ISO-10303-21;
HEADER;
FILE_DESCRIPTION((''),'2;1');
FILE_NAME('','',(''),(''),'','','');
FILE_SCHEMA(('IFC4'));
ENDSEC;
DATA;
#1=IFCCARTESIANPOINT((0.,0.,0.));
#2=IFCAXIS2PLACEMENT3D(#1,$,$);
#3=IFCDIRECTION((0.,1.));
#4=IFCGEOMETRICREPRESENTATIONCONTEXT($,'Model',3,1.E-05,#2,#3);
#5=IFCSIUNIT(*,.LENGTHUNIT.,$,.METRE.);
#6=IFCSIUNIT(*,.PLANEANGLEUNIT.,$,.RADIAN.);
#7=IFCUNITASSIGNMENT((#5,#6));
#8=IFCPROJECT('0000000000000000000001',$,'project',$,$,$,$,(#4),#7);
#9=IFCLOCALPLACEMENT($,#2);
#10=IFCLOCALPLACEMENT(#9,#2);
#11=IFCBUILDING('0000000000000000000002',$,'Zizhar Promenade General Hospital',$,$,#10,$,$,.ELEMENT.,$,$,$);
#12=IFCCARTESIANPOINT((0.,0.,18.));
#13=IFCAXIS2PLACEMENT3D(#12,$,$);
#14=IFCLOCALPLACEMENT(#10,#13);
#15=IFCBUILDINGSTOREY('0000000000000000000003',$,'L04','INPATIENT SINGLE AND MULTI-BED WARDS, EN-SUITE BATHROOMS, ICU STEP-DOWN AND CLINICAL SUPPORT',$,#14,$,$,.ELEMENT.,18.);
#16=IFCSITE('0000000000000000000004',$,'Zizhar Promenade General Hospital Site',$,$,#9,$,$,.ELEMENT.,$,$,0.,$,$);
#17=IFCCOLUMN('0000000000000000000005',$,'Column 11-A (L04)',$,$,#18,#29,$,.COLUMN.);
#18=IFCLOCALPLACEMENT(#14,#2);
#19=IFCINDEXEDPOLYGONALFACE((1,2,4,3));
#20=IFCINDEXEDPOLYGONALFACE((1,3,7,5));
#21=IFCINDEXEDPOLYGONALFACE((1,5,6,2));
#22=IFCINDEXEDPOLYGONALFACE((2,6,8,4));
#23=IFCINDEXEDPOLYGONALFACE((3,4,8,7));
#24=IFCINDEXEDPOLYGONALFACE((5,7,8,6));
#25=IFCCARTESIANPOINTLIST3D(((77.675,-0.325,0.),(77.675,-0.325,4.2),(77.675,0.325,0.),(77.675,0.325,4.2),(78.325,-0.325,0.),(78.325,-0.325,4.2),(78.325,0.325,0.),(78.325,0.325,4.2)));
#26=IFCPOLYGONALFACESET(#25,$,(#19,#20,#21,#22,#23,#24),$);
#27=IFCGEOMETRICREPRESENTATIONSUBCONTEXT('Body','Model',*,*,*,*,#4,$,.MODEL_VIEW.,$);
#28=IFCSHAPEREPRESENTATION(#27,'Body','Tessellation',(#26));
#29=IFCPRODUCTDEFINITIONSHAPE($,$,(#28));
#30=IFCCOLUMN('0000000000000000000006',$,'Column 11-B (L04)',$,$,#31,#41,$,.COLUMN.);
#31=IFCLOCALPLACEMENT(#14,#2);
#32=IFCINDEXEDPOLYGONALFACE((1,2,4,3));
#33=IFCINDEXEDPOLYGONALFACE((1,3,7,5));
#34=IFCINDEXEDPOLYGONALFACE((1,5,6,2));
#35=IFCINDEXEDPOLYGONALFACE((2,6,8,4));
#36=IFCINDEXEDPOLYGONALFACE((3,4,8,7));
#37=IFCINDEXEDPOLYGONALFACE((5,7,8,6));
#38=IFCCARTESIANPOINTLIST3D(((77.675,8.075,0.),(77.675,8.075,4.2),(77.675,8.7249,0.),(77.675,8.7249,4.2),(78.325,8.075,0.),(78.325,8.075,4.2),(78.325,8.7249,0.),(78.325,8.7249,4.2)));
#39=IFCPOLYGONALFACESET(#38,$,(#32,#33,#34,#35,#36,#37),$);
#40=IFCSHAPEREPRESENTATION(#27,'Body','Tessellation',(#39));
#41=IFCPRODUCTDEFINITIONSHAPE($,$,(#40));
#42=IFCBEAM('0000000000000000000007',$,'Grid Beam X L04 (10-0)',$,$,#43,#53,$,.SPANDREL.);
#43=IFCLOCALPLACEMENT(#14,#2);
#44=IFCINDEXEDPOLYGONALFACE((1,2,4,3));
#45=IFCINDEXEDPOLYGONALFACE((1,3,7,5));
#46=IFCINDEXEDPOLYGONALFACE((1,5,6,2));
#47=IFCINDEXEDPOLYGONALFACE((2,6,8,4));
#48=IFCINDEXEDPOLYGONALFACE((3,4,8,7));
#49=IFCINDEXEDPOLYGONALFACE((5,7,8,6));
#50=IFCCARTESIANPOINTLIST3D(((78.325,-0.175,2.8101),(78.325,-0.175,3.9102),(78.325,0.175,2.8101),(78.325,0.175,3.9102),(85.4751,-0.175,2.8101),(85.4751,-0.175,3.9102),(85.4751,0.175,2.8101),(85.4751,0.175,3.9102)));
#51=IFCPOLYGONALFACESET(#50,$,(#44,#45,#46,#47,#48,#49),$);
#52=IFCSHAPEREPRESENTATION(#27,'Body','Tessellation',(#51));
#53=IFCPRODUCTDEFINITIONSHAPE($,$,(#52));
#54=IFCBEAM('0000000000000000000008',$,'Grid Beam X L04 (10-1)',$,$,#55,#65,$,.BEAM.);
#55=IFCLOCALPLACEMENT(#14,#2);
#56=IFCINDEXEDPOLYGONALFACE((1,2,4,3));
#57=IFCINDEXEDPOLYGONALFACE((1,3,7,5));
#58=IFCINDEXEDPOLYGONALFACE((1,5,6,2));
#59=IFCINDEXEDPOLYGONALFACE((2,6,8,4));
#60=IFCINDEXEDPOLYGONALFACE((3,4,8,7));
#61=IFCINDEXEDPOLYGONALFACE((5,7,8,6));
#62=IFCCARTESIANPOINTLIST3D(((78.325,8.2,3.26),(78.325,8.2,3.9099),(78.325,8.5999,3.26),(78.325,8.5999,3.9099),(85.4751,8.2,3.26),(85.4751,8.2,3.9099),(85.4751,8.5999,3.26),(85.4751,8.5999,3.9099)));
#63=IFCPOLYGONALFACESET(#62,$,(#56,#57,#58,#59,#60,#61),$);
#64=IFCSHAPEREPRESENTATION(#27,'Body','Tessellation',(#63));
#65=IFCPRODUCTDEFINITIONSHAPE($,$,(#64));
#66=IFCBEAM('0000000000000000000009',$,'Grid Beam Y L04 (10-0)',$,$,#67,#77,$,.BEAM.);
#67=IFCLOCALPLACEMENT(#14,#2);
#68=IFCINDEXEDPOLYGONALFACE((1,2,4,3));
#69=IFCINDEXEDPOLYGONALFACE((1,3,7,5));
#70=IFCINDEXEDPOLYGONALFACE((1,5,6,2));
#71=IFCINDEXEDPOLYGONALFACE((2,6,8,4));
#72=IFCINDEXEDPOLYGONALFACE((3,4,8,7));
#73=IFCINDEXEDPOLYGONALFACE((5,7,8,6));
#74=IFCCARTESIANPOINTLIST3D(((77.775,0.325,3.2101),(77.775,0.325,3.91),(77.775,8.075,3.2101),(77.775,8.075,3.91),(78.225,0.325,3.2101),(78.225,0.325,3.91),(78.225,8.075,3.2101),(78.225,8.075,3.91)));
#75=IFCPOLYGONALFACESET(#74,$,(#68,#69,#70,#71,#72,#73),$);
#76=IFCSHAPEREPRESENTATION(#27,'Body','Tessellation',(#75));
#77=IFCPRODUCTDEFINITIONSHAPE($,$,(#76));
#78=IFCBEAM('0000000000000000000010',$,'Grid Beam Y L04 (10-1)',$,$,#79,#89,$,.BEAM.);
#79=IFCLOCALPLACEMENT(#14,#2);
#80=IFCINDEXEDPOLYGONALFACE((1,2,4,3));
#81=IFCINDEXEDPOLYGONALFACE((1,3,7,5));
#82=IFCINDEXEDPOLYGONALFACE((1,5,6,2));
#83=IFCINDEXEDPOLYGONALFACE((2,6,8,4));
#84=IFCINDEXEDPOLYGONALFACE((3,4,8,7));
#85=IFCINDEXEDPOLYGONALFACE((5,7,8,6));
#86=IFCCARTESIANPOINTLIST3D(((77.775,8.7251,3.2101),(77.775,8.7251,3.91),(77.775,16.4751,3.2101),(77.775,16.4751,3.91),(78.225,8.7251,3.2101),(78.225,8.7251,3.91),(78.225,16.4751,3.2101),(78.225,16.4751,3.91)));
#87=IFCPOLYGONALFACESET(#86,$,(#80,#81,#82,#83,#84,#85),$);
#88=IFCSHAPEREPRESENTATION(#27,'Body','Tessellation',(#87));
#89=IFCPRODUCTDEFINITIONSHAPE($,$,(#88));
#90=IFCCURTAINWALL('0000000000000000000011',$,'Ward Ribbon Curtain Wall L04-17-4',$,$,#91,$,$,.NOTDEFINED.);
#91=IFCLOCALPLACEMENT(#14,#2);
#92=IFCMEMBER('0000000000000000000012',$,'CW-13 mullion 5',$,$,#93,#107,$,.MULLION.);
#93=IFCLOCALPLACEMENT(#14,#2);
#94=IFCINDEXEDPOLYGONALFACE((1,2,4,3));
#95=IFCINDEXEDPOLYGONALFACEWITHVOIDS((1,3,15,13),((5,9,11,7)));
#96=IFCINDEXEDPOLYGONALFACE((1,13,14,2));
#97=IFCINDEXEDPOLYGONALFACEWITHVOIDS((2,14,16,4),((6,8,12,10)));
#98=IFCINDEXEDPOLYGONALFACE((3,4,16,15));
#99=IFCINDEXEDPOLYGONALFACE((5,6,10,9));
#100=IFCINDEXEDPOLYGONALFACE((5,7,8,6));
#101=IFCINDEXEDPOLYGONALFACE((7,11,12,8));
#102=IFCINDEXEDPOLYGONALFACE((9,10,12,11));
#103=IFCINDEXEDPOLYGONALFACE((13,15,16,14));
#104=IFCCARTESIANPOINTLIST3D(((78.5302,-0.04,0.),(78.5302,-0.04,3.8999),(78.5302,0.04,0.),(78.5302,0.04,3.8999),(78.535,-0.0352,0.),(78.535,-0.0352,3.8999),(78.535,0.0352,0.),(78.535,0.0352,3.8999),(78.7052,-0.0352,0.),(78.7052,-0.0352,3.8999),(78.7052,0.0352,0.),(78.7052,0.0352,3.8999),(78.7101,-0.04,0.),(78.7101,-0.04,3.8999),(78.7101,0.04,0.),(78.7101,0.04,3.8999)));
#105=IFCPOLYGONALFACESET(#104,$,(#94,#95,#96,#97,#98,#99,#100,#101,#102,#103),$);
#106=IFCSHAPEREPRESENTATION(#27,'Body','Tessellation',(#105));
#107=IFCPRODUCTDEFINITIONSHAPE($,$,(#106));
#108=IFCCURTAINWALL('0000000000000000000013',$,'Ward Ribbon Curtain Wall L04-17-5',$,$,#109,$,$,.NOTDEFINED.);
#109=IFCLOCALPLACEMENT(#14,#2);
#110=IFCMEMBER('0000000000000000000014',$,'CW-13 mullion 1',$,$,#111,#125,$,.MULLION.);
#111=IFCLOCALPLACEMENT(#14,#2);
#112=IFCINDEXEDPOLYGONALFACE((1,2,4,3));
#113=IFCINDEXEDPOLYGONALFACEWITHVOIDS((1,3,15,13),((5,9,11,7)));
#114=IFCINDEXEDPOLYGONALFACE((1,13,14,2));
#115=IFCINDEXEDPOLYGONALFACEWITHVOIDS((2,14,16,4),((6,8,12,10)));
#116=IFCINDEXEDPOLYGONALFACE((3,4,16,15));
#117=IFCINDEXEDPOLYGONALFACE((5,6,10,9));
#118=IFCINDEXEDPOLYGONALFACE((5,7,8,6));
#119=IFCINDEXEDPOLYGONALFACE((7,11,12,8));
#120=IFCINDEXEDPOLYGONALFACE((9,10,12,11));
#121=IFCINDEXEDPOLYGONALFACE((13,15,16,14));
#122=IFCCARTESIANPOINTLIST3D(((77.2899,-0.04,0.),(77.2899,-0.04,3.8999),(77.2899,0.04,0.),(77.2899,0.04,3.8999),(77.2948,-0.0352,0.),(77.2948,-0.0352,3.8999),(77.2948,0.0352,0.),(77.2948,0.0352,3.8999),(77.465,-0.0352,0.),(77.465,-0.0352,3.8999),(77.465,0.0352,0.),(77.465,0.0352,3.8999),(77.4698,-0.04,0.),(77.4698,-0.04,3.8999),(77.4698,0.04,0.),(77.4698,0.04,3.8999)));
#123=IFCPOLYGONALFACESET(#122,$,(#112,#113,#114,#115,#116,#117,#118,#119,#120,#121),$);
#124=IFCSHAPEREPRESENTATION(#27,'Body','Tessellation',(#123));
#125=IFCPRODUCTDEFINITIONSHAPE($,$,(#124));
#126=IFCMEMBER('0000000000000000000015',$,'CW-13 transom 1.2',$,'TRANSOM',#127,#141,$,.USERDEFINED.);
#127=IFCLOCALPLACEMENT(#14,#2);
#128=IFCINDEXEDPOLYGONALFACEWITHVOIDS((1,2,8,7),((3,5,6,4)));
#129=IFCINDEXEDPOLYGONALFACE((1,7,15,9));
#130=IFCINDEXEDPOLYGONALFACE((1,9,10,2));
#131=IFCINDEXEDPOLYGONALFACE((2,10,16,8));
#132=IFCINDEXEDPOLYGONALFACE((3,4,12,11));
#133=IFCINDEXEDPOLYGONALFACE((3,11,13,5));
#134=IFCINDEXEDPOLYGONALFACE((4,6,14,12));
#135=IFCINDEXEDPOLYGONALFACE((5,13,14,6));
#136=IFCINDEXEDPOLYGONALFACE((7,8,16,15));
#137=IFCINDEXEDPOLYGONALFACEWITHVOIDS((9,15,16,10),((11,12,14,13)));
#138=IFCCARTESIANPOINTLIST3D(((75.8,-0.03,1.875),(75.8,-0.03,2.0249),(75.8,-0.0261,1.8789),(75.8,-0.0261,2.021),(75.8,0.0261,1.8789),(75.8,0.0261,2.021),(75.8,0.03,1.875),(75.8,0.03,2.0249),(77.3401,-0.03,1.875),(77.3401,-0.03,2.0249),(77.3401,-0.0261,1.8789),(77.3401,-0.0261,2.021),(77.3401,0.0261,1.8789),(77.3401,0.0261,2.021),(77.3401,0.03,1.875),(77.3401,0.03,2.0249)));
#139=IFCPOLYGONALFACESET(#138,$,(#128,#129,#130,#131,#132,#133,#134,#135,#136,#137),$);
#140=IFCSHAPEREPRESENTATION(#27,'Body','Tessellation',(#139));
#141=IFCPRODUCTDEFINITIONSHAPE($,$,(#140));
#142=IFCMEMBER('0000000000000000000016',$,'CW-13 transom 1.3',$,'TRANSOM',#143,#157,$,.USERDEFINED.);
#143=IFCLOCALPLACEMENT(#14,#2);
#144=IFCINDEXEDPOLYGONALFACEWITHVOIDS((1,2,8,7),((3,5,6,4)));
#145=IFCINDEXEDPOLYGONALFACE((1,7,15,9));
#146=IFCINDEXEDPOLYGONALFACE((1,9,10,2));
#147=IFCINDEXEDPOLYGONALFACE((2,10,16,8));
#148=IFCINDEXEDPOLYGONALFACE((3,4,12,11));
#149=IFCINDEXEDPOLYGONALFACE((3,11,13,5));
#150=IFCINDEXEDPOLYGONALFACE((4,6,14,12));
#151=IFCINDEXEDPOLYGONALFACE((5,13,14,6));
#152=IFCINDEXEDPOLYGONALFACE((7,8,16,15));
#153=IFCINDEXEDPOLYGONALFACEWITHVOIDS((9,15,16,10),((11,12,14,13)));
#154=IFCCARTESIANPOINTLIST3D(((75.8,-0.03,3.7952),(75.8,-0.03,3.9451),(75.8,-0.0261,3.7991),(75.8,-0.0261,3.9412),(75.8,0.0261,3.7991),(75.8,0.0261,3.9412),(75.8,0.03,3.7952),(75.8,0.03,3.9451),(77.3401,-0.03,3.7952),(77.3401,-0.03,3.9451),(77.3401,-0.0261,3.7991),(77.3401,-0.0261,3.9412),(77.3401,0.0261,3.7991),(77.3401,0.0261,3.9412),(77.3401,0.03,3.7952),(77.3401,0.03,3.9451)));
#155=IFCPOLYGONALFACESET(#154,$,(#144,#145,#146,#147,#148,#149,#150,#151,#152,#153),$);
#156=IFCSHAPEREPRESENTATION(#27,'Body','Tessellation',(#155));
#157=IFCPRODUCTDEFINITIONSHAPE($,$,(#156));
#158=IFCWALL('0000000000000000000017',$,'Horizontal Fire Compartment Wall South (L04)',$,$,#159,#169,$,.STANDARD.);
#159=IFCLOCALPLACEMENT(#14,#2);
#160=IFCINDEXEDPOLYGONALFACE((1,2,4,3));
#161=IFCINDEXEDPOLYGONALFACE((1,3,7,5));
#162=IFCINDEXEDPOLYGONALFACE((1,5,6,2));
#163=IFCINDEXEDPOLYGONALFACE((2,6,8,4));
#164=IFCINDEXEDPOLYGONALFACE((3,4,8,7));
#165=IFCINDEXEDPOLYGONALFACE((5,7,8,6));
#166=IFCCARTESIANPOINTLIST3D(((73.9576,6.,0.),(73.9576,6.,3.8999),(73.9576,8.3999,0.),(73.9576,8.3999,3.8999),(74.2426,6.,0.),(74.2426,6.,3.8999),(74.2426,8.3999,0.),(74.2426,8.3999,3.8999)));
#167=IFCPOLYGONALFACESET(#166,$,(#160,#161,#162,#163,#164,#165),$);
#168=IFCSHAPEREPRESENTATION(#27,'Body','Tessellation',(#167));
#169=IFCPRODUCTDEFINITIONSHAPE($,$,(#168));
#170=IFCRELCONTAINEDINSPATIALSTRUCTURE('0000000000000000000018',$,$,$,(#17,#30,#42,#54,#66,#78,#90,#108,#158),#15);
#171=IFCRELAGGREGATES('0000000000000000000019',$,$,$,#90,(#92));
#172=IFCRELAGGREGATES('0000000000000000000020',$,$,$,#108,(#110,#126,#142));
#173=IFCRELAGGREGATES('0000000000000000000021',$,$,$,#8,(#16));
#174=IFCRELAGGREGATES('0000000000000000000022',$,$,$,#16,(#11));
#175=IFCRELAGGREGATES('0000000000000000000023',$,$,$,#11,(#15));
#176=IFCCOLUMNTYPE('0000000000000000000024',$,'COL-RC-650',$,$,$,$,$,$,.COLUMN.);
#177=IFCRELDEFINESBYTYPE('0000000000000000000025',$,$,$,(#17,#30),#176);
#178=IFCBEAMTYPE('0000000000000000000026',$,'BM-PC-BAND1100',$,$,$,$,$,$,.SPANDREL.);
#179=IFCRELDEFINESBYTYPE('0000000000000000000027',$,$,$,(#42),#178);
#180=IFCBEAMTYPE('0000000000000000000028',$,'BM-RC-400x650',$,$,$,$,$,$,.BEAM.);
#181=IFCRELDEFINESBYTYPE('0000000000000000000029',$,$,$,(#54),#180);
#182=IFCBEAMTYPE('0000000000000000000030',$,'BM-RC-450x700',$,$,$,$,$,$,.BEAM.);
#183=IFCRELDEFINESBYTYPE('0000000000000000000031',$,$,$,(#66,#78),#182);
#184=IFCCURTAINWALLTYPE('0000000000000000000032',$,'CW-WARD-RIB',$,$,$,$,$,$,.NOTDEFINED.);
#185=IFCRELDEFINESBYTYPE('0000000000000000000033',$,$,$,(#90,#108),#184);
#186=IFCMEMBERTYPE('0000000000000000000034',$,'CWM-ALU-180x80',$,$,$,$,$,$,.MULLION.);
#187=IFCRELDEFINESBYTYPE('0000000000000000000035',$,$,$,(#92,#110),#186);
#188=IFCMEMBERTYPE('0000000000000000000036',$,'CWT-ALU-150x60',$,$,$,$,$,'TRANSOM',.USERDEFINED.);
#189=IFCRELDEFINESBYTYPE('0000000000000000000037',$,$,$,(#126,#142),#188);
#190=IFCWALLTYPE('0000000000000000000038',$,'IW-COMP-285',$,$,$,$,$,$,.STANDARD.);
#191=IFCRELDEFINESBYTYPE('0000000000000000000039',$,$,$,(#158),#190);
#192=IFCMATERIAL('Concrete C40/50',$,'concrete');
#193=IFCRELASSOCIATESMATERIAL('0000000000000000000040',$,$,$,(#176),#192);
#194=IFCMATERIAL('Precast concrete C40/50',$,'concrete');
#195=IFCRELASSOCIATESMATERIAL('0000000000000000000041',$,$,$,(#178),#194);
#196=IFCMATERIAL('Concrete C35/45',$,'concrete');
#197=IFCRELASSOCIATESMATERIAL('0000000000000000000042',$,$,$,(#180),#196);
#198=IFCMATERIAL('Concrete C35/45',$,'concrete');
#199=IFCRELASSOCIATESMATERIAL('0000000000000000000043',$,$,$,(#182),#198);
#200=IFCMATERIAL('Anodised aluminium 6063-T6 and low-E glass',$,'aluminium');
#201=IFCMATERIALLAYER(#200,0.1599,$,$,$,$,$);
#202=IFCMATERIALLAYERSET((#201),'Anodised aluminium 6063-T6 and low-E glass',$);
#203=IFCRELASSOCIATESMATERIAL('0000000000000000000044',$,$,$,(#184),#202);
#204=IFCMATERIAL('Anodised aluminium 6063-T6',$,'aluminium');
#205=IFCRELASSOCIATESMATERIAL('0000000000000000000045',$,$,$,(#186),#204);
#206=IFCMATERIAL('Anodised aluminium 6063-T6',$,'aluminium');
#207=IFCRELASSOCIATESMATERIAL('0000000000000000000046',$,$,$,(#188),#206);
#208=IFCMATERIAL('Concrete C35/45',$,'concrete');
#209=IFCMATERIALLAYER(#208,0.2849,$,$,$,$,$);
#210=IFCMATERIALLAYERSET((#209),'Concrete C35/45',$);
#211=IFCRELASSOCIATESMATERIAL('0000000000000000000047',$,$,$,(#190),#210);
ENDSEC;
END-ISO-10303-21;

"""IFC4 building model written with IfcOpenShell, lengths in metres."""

from ifc_helpers import new_model, si_unit, direction, frame, frame_2d, origin, origin_2d, place, context, subcontext, project, spatial, rectangle, hollow_rectangle, extrude, material, layer, layer_set, material_profile, profile_set, type_object, element, aggregate, save


model = new_model("IFC4")

# Units and contexts
model_context = context("Model", 3, precision=1e-05, world=origin(), true_north=direction((0.0, 1.0)))
body_context = subcontext(model_context, "Body", "Model", "MODEL_VIEW")
ifc_project = project(units=[si_unit("LENGTHUNIT", "METRE"), si_unit("PLANEANGLEUNIT", "RADIAN")], contexts=[model_context])

# Site, building, storey
site_placement = place(None, origin())
site = spatial("IfcSite", under=ifc_project, at=site_placement, Name="Zizhar Promenade General Hospital Site", CompositionType="ELEMENT", RefElevation=0.0)
building_placement = place(site_placement, origin())
building = spatial("IfcBuilding", under=site, at=building_placement, Name="Zizhar Promenade General Hospital", CompositionType="ELEMENT")
storey_placement = place(building_placement, frame((0.0, 0.0, 18.0)))
storey = spatial("IfcBuildingStorey", under=building, at=storey_placement, Name="L04", Description="INPATIENT SINGLE AND MULTI-BED WARDS, EN-SUITE BATHROOMS, ICU STEP-DOWN AND CLINICAL SUPPORT", CompositionType="ELEMENT", Elevation=18.0)

# Columns
ifc_material_1 = material(Name="Concrete C40/50", Category="concrete")
ifc_material_profile_1 = material_profile(ifc_material_1, rectangle(XDim=0.6499, YDim=0.6499, at=origin_2d()))
ifc_profile_set_1 = profile_set([ifc_material_profile_1], Name="Concrete C40/50")
column_type = type_object("IfcColumnType", Name="COL-RC-650", PredefinedType="COLUMN", material=ifc_profile_set_1)
for number, where, z_axis, x_axis, name in (
    (1, (78.0, 0.0, 0.0), (0.0, 0.0, 1.0), (1.0, 0.0, 0.0), "Column 11-A (L04)"),
    (2, (78.0, 8.3999, 0.0), (0.0, 0.0, 1.0), (1.0, 0.0, 0.0), "Column 11-B (L04)"),
):
    element("IfcColumn", number, at=place(storey_placement, frame(where, z_axis=z_axis, x_axis=x_axis)), inside=storey, type_object=column_type, Name=name, PredefinedType="COLUMN", context=body_context, shape_type="SweptSolid", body=[
        extrude(rectangle(XDim=0.6499, YDim=0.6499, at=origin_2d()), origin(), (0.0, 0.0, 1.0), 4.2),
    ])

# Beams
ifc_material_2 = material(Name="Precast concrete C40/50", Category="concrete")
ifc_material_profile_2 = material_profile(ifc_material_2, rectangle(XDim=0.3501, YDim=1.1001, at=origin_2d()))
ifc_profile_set_2 = profile_set([ifc_material_profile_2], Name="Precast concrete C40/50")
beam_type_1 = type_object("IfcBeamType", Name="BM-PC-BAND1100", PredefinedType="SPANDREL", material=ifc_profile_set_2)
beam_1_placement = place(storey_placement, frame((78.325, 0.0, 3.3601), z_axis=(1.0, 0.0, 0.0), x_axis=(0.0, 1.0, 0.0)))
element("IfcBeam", 3, at=beam_1_placement, inside=storey, type_object=beam_type_1, Name="Grid Beam X L04 (10-0)", PredefinedType="SPANDREL", context=body_context, shape_type="SweptSolid", body=[
    extrude(rectangle(XDim=0.3501, YDim=1.1001, at=origin_2d()), origin(), (0.0, 0.0, 1.0), 7.1501),
])
ifc_material_3 = material(Name="Concrete C35/45", Category="concrete")
ifc_material_profile_3 = material_profile(ifc_material_3, rectangle(XDim=0.3999, YDim=0.6499, at=origin_2d()))
ifc_profile_set_3 = profile_set([ifc_material_profile_3], Name="Concrete C35/45")
beam_type_2 = type_object("IfcBeamType", Name="BM-RC-400x650", PredefinedType="BEAM", material=ifc_profile_set_3)
beam_2_placement = place(storey_placement, frame((78.325, 8.3999, 3.585), z_axis=(1.0, 0.0, 0.0), x_axis=(0.0, 1.0, 0.0)))
element("IfcBeam", 4, at=beam_2_placement, inside=storey, type_object=beam_type_2, Name="Grid Beam X L04 (10-1)", PredefinedType="BEAM", context=body_context, shape_type="SweptSolid", body=[
    extrude(rectangle(XDim=0.3999, YDim=0.6499, at=origin_2d()), origin(), (0.0, 0.0, 1.0), 7.1501),
])
ifc_material_4 = material(Name="Concrete C35/45", Category="concrete")
ifc_material_profile_4 = material_profile(ifc_material_4, rectangle(XDim=0.45, YDim=0.7, at=origin_2d()))
ifc_profile_set_4 = profile_set([ifc_material_profile_4], Name="Concrete C35/45")
beam_type_3 = type_object("IfcBeamType", Name="BM-RC-450x700", PredefinedType="BEAM", material=ifc_profile_set_4)
for number, where, z_axis, x_axis, name in (
    (5, (78.0, 0.325, 3.5601), (0.0, 1.0, 0.0), (-1.0, 0.0, 0.0), "Grid Beam Y L04 (10-0)"),
    (6, (78.0, 8.7251, 3.5601), (0.0, 1.0, 0.0), (-1.0, 0.0, 0.0), "Grid Beam Y L04 (10-1)"),
):
    element("IfcBeam", number, at=place(storey_placement, frame(where, z_axis=z_axis, x_axis=x_axis)), inside=storey, type_object=beam_type_3, Name=name, PredefinedType="BEAM", context=body_context, shape_type="SweptSolid", body=[
        extrude(rectangle(XDim=0.45, YDim=0.7, at=origin_2d()), origin(), (0.0, 0.0, 1.0), 7.75),
    ])

# Curtain wall, member
ifc_material_5 = material(Name="Anodised aluminium 6063-T6 and low-E glass", Category="aluminium")
ifc_layer_1 = layer(ifc_material_5, 0.1599)
ifc_layer_set_1 = layer_set([ifc_layer_1], Name="Anodised aluminium 6063-T6 and low-E glass")
curtain_wall_type = type_object("IfcCurtainWallType", Name="CW-WARD-RIB", PredefinedType="NOTDEFINED", material=ifc_layer_set_1)
curtain_wall_1_placement = place(storey_placement, origin())
curtain_wall_1 = element("IfcCurtainWall", 7, at=curtain_wall_1_placement, inside=storey, type_object=curtain_wall_type, Name="Ward Ribbon Curtain Wall L04-17-4", PredefinedType="NOTDEFINED")
ifc_material_6 = material(Name="Anodised aluminium 6063-T6", Category="aluminium")
ifc_material_profile_5 = material_profile(ifc_material_6, hollow_rectangle(XDim=0.0801, YDim=0.1799, WallThickness=0.0049, at=origin_2d()))
ifc_profile_set_5 = profile_set([ifc_material_profile_5], Name="Anodised aluminium 6063-T6")
member_type_1 = type_object("IfcMemberType", Name="CWM-ALU-180x80", PredefinedType="MULLION", material=ifc_profile_set_5)
member_1_placement = place(storey_placement, frame((78.6201, 0.0, 0.0), z_axis=(0.0, 0.0, 1.0), x_axis=(0.0, -1.0, 0.0)))
member_1 = element("IfcMember", 8, at=member_1_placement, type_object=member_type_1, Name="CW-13 mullion 5", PredefinedType="MULLION", context=body_context, shape_type="SweptSolid", body=[
    extrude(hollow_rectangle(XDim=0.0801, YDim=0.1799, WallThickness=0.0049, at=origin_2d()), origin(), (0.0, 0.0, 1.0), 3.8999),
])
aggregate(curtain_wall_1, [member_1])

# Curtain wall, members
curtain_wall_2_placement = place(storey_placement, origin())
curtain_wall_2 = element("IfcCurtainWall", 9, at=curtain_wall_2_placement, inside=storey, type_object=curtain_wall_type, Name="Ward Ribbon Curtain Wall L04-17-5", PredefinedType="NOTDEFINED")
member_2_placement = place(storey_placement, frame((77.3799, 0.0, 0.0), z_axis=(0.0, 0.0, 1.0), x_axis=(0.0, -1.0, 0.0)))
member_2 = element("IfcMember", 10, at=member_2_placement, type_object=member_type_1, Name="CW-13 mullion 1", PredefinedType="MULLION", context=body_context, shape_type="SweptSolid", body=[
    extrude(hollow_rectangle(XDim=0.0801, YDim=0.1799, WallThickness=0.0049, at=origin_2d()), origin(), (0.0, 0.0, 1.0), 3.8999),
])
ifc_material_7 = material(Name="Anodised aluminium 6063-T6", Category="aluminium")
ifc_material_profile_6 = material_profile(ifc_material_7, hollow_rectangle(XDim=0.0601, YDim=0.1499, WallThickness=0.0039, at=origin_2d()))
ifc_profile_set_6 = profile_set([ifc_material_profile_6], Name="Anodised aluminium 6063-T6")
member_type_2 = type_object("IfcMemberType", Name="CWT-ALU-150x60", ElementType="TRANSOM", PredefinedType="USERDEFINED", material=ifc_profile_set_6)
member_3_placement = place(storey_placement, frame((77.3401, 0.0, 1.95), z_axis=(-1.0, 0.0, 0.0), x_axis=(0.0, -1.0, 0.0)))
member_3 = element("IfcMember", 11, at=member_3_placement, type_object=member_type_2, Name="CW-13 transom 1.2", ObjectType="TRANSOM", PredefinedType="USERDEFINED", context=body_context, shape_type="SweptSolid", body=[
    extrude(hollow_rectangle(XDim=0.0601, YDim=0.1499, WallThickness=0.0039, at=origin_2d()), origin(), (0.0, 0.0, 1.0), 1.54),
])
member_4_placement = place(storey_placement, frame((77.3401, 0.0, 3.8701), z_axis=(-1.0, 0.0, 0.0), x_axis=(0.0, -1.0, 0.0)))
member_4 = element("IfcMember", 12, at=member_4_placement, type_object=member_type_2, Name="CW-13 transom 1.3", ObjectType="TRANSOM", PredefinedType="USERDEFINED", context=body_context, shape_type="SweptSolid", body=[
    extrude(hollow_rectangle(XDim=0.0601, YDim=0.1499, WallThickness=0.0039, at=origin_2d()), origin(), (0.0, 0.0, 1.0), 1.54),
])
aggregate(curtain_wall_2, [member_2, member_3, member_4])

# Wall
ifc_material_8 = material(Name="Concrete C35/45", Category="concrete")
ifc_layer_2 = layer(ifc_material_8, 0.2849)
ifc_layer_set_2 = layer_set([ifc_layer_2], Name="Concrete C35/45")
wall_type_1 = type_object("IfcWallType", Name="IW-COMP-285", PredefinedType="STANDARD", material=ifc_layer_set_2)
wall_1_placement = place(storey_placement, frame((74.1001, 6.0, 0.0), z_axis=(0.0, 0.0, 1.0), x_axis=(0.0, 1.0, 0.0)))
element("IfcWall", 13, at=wall_1_placement, inside=storey, type_object=wall_type_1, Name="Horizontal Fire Compartment Wall South (L04)", PredefinedType="STANDARD", context=body_context, shape_type="SweptSolid", body=[
    extrude(rectangle(XDim=2.3999, YDim=0.2849, at=frame_2d((1.2, 0.0))), origin(), (0.0, 0.0, 1.0), 3.8999),
])

save(model, "model.ifc")
